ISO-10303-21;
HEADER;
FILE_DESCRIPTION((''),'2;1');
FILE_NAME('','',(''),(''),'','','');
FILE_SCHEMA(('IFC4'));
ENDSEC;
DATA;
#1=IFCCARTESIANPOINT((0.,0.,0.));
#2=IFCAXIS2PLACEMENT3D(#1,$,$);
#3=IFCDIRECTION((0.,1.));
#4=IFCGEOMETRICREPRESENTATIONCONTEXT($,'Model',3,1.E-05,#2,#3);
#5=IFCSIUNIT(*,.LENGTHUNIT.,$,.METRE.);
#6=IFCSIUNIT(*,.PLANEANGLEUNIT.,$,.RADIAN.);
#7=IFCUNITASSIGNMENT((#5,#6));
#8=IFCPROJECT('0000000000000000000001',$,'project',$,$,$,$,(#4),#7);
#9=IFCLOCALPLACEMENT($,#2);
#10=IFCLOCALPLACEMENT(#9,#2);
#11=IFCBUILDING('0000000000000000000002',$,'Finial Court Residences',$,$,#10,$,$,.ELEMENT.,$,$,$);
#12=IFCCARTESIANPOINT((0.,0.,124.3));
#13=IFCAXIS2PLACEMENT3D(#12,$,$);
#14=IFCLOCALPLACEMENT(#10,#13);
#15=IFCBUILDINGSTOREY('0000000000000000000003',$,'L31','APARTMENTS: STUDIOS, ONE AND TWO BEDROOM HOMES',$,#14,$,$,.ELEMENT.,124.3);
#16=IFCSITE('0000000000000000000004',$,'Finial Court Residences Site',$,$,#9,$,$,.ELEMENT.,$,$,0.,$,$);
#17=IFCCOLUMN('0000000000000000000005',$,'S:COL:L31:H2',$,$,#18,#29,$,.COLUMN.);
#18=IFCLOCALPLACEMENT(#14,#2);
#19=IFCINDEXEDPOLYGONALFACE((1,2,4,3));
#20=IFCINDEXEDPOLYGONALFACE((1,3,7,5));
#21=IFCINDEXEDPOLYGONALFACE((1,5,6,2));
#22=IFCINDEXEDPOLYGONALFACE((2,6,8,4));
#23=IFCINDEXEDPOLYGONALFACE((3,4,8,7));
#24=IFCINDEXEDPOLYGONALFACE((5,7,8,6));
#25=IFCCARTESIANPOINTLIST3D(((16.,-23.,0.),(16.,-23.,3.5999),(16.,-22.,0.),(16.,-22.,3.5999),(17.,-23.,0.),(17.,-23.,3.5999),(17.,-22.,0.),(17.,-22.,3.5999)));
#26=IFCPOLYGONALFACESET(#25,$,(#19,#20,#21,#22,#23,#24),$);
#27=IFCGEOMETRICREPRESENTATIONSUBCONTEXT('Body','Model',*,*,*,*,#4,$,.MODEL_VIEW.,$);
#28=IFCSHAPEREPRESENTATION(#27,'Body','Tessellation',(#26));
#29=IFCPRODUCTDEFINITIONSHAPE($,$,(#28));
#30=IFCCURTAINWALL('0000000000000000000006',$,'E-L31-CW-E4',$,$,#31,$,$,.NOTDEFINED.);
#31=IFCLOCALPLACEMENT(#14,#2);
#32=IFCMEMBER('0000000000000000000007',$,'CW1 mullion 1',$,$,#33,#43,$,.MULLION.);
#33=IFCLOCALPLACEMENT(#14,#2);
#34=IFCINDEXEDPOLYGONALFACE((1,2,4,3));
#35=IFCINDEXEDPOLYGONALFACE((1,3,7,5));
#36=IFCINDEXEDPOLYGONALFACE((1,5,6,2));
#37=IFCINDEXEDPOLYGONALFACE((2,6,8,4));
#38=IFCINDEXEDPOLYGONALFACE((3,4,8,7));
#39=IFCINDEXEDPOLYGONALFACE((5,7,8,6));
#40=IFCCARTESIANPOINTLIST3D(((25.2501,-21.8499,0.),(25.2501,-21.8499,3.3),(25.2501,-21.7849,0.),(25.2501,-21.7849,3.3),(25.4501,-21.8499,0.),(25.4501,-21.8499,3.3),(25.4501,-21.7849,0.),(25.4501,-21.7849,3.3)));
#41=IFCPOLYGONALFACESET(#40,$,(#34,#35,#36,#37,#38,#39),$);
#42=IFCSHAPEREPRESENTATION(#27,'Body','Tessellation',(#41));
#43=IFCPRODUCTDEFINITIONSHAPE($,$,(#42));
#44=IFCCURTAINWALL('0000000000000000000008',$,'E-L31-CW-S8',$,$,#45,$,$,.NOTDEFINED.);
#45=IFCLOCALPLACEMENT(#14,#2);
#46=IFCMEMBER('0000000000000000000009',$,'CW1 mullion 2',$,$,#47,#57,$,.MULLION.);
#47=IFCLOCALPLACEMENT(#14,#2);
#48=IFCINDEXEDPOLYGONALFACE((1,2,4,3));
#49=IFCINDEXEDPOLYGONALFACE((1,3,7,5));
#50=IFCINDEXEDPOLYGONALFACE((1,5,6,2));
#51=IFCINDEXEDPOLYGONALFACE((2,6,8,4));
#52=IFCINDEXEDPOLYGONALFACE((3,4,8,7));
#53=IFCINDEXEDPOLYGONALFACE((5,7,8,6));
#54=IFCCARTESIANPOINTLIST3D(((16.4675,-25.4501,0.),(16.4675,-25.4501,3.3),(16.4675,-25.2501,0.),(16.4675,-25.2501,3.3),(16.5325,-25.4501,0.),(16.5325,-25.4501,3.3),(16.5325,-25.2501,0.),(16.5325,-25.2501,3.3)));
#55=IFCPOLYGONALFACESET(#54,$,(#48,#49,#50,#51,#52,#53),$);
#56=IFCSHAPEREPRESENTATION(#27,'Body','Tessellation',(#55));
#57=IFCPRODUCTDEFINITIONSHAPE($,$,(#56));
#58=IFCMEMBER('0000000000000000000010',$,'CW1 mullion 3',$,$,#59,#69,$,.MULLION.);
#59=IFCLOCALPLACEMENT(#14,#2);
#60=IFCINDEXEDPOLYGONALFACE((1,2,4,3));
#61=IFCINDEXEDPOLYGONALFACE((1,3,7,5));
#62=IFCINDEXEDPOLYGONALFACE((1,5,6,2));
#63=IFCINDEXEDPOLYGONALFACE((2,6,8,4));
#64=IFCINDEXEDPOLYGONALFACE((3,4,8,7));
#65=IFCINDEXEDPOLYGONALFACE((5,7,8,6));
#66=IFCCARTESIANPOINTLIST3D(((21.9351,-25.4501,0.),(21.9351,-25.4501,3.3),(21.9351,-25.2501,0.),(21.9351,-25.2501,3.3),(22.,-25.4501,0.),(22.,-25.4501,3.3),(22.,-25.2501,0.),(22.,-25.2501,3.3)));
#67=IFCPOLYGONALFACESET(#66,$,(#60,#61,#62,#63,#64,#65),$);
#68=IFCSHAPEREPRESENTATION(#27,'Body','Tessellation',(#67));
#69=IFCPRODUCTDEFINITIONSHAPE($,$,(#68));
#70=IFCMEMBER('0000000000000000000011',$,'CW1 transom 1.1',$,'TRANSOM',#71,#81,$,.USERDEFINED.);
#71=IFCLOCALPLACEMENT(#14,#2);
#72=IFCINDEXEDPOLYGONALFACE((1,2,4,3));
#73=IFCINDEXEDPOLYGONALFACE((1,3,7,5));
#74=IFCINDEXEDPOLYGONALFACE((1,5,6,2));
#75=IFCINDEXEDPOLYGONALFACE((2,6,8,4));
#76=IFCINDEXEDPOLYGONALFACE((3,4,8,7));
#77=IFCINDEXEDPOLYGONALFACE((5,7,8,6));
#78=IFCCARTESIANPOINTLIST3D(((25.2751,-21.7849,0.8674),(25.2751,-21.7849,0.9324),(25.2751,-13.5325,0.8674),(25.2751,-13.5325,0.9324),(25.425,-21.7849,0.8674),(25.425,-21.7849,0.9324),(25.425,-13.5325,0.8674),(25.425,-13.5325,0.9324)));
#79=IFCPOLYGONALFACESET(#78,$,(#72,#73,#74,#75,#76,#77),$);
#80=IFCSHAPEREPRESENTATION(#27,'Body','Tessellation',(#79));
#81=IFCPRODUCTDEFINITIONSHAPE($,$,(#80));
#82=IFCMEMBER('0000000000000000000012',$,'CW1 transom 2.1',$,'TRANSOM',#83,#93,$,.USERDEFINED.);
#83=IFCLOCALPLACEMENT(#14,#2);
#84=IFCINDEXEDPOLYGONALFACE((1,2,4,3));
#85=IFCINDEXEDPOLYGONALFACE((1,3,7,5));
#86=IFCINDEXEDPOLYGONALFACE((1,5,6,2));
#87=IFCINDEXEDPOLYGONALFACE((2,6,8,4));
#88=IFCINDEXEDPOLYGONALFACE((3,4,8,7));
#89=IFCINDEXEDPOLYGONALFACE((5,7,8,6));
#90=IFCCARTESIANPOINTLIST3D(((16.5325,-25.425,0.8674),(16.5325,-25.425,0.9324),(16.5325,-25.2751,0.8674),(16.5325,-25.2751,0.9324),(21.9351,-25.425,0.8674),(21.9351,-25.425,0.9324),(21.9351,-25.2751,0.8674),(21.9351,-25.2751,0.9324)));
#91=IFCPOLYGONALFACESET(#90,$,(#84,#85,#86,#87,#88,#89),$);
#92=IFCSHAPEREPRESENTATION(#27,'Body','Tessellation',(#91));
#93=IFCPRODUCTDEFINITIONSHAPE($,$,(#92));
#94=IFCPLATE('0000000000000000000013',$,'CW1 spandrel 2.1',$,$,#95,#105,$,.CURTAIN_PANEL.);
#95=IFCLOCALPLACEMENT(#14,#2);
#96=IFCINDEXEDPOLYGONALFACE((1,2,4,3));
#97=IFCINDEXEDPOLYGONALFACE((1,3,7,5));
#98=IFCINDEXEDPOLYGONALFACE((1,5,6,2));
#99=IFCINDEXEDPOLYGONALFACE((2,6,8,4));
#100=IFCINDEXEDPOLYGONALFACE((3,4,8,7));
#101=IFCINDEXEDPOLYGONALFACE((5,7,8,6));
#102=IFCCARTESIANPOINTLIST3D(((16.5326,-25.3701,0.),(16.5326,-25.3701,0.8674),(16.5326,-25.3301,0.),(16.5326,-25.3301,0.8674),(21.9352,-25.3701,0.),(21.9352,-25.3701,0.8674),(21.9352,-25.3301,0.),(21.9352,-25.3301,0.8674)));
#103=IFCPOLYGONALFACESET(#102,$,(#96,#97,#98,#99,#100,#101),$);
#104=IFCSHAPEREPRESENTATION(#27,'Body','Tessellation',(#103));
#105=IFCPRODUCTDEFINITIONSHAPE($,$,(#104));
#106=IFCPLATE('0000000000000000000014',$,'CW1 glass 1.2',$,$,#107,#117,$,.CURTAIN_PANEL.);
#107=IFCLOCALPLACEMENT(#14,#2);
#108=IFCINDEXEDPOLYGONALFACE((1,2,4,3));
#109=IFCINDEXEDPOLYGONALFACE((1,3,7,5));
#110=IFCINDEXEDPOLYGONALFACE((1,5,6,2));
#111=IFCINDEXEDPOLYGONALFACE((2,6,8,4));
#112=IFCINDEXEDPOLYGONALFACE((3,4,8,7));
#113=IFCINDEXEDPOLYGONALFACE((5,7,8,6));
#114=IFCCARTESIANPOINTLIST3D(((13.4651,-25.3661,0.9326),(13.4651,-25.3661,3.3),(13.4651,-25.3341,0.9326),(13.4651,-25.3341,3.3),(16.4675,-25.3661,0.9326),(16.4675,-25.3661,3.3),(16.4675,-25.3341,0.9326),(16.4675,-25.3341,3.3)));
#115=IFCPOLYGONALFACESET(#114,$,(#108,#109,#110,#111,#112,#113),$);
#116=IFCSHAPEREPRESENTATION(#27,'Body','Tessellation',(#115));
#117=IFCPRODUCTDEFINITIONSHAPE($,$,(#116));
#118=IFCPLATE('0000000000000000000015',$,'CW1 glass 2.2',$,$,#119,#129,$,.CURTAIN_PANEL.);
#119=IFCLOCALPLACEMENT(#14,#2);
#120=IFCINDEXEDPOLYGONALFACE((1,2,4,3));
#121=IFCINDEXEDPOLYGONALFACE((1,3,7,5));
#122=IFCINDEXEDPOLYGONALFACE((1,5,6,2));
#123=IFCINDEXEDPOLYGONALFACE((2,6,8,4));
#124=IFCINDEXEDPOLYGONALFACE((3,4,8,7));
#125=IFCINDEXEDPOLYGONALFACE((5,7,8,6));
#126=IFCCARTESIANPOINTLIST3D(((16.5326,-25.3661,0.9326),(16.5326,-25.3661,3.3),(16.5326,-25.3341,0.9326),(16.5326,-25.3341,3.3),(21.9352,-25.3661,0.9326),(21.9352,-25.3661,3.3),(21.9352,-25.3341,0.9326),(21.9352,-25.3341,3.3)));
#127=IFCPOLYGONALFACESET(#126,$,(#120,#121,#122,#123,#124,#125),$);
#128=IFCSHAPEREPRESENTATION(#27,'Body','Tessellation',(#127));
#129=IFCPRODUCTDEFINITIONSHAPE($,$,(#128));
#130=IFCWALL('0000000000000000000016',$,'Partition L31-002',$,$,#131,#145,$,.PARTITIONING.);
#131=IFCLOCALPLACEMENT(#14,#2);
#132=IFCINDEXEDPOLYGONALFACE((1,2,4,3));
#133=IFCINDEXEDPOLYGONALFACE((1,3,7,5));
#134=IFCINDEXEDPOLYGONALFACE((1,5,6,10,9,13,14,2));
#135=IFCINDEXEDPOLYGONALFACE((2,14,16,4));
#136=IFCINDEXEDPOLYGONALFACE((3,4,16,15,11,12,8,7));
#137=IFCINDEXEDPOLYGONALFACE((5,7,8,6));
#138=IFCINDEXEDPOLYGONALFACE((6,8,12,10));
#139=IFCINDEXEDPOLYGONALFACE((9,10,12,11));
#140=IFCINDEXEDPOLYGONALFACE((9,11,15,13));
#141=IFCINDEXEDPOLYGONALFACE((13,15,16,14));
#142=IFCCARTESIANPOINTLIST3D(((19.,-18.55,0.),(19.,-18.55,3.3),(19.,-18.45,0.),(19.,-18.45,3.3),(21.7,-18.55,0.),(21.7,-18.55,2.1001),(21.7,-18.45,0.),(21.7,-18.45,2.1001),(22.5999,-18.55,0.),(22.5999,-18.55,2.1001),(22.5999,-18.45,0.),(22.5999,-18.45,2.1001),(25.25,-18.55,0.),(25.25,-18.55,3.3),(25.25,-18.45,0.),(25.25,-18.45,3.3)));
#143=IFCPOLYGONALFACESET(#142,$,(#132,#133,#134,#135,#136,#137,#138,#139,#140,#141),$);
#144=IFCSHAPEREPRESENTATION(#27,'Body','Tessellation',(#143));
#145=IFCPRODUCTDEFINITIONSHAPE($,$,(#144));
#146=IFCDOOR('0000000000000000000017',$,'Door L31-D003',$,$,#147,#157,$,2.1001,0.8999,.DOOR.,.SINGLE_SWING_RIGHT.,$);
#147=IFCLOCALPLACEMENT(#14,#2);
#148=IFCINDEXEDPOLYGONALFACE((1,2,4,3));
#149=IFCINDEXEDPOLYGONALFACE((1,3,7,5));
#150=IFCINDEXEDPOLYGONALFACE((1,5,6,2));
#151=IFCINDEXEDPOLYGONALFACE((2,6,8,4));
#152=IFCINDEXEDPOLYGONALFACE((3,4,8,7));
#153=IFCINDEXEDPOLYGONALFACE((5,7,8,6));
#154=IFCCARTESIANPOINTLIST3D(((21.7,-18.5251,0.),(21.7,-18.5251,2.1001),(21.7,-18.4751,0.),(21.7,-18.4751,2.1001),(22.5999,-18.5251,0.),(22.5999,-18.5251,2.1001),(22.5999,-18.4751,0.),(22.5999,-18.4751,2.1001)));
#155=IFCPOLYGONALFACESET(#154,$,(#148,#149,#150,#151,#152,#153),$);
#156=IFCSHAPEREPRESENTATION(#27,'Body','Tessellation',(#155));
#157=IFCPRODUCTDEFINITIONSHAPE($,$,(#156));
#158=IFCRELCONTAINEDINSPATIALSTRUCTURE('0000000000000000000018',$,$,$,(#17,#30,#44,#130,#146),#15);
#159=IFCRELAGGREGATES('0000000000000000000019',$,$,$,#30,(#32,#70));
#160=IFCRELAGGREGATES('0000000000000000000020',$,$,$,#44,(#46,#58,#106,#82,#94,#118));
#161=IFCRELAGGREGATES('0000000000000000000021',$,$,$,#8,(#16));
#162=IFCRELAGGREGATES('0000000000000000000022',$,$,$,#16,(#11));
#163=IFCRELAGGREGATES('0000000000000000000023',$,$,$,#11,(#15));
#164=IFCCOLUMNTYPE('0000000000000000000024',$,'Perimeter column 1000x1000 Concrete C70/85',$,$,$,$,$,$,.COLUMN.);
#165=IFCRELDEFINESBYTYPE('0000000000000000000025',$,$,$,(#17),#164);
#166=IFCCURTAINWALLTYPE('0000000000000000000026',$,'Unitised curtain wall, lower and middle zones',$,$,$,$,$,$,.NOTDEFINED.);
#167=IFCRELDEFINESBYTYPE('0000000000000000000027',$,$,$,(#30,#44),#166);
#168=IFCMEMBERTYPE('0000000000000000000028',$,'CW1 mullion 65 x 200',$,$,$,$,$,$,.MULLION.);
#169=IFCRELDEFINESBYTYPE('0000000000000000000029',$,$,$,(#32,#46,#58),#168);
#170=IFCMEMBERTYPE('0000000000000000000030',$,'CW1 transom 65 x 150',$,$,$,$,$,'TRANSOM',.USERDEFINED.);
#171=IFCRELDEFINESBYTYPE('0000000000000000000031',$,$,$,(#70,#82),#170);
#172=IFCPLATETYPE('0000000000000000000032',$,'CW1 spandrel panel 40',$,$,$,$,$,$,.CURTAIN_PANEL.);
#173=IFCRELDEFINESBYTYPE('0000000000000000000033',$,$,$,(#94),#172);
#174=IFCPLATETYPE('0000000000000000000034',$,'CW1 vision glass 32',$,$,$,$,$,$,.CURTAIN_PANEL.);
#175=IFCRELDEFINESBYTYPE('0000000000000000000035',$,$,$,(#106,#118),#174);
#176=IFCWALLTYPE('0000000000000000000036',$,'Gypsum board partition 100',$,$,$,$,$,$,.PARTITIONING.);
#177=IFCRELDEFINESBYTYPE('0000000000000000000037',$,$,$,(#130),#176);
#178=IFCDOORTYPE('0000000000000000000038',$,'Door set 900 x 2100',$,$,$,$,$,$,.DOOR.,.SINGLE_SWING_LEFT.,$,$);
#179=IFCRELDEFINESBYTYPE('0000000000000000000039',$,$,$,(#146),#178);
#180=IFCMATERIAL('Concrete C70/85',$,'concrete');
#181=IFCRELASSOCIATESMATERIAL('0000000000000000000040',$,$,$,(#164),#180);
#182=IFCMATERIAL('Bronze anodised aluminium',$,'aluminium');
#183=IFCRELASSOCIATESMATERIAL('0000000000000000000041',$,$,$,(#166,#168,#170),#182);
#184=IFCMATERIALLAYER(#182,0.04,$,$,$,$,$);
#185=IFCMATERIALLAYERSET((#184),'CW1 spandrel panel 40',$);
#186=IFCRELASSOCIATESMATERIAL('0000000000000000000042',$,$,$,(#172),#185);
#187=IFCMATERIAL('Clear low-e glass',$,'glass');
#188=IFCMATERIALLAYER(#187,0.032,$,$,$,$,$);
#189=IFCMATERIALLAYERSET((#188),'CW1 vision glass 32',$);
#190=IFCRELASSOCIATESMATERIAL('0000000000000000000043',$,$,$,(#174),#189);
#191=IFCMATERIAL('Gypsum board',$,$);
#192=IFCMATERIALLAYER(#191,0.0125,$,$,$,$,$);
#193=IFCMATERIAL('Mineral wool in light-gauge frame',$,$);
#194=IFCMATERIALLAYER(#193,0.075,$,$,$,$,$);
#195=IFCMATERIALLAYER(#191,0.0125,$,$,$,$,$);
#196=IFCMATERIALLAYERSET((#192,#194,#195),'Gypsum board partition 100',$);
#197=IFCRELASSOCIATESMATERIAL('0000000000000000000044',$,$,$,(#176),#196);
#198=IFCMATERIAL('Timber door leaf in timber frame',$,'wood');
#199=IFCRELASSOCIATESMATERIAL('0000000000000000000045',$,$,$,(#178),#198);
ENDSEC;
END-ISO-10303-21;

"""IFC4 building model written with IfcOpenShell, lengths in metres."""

from ifc_helpers import new_model, si_unit, direction, frame, frame_2d, origin, origin_2d, place, context, subcontext, project, spatial, rectangle, extrude, material, layer, layer_set, material_profile, profile_set, type_object, element, fill, aggregate, save


model = new_model("IFC4")

# Units and contexts
model_context = context("Model", 3, precision=1e-05, world=origin(), true_north=direction((0.0, 1.0)))
body_context = subcontext(model_context, "Body", "Model", "MODEL_VIEW")
ifc_project = project(units=[si_unit("LENGTHUNIT", "METRE"), si_unit("PLANEANGLEUNIT", "RADIAN")], contexts=[model_context])

# Site, building, storey
site_placement = place(None, origin())
site = spatial("IfcSite", under=ifc_project, at=site_placement, Name="Finial Court Residences Site", CompositionType="ELEMENT", RefElevation=0.0)
building_placement = place(site_placement, origin())
building = spatial("IfcBuilding", under=site, at=building_placement, Name="Finial Court Residences", CompositionType="ELEMENT")
storey_placement = place(building_placement, frame((0.0, 0.0, 124.3)))
storey = spatial("IfcBuildingStorey", under=building, at=storey_placement, Name="L31", Description="APARTMENTS: STUDIOS, ONE AND TWO BEDROOM HOMES", CompositionType="ELEMENT", Elevation=124.3)

# Column
ifc_material_1 = material(Name="Concrete C70/85", Category="concrete")
ifc_material_profile_1 = material_profile(ifc_material_1, rectangle(XDim=1.0, YDim=1.0, at=origin_2d()), Name="1000x1000")
ifc_profile_set_1 = profile_set([ifc_material_profile_1], Name="Concrete C70/85")
column_type = type_object("IfcColumnType", Name="Perimeter column 1000x1000 Concrete C70/85", PredefinedType="COLUMN", material=ifc_profile_set_1)
column_placement = place(storey_placement, frame((16.5, -22.5, 0.0), z_axis=(0.0, 0.0, 1.0), x_axis=(1.0, 0.0, 0.0)))
element("IfcColumn", 1, at=column_placement, inside=storey, type_object=column_type, Name="S:COL:L31:H2", PredefinedType="COLUMN", context=body_context, shape_type="SweptSolid", body=[
    extrude(rectangle(XDim=1.0, YDim=1.0, at=origin_2d()), origin(), (0.0, 0.0, 1.0), 3.5999),
])

# Curtain wall, member
ifc_material_2 = material(Name="Bronze anodised aluminium", Category="aluminium")
curtain_wall_type = type_object("IfcCurtainWallType", Name="Unitised curtain wall, lower and middle zones", PredefinedType="NOTDEFINED", material=ifc_material_2)
curtain_wall_1_placement = place(storey_placement, origin())
curtain_wall_1 = element("IfcCurtainWall", 2, at=curtain_wall_1_placement, inside=storey, type_object=curtain_wall_type, Name="E-L31-CW-E4", PredefinedType="NOTDEFINED")
ifc_material_profile_2 = material_profile(ifc_material_2, rectangle(XDim=0.2, YDim=0.0649, at=origin_2d()), Name="CW1 mullion 65 x 200")
ifc_profile_set_2 = profile_set([ifc_material_profile_2], Name="Bronze anodised aluminium")
member_type_1 = type_object("IfcMemberType", Name="CW1 mullion 65 x 200", PredefinedType="MULLION", material=ifc_profile_set_2)
member_1_placement = place(storey_placement, frame((25.3501, -21.8174, 0.0), z_axis=(0.0, 0.0, 1.0), x_axis=(-1.0, 0.0, 0.0)))
member_1 = element("IfcMember", 3, at=member_1_placement, type_object=member_type_1, Name="CW1 mullion 1", PredefinedType="MULLION", context=body_context, shape_type="SweptSolid", body=[
    extrude(rectangle(XDim=0.2, YDim=0.0649, at=origin_2d()), origin(), (0.0, 0.0, 1.0), 3.3),
])

# Curtain wall, members
curtain_wall_2_placement = place(storey_placement, origin())
curtain_wall_2 = element("IfcCurtainWall", 4, at=curtain_wall_2_placement, inside=storey, type_object=curtain_wall_type, Name="E-L31-CW-S8", PredefinedType="NOTDEFINED")
member_2_placement = place(storey_placement, frame((16.5, -25.3501, 0.0), z_axis=(0.0, 0.0, 1.0), x_axis=(0.0, 1.0, 0.0)))
member_2 = element("IfcMember", 5, at=member_2_placement, type_object=member_type_1, Name="CW1 mullion 2", PredefinedType="MULLION", context=body_context, shape_type="SweptSolid", body=[
    extrude(rectangle(XDim=0.2, YDim=0.0649, at=origin_2d()), origin(), (0.0, 0.0, 1.0), 3.3),
])
member_3_placement = place(storey_placement, frame((21.9675, -25.3501, 0.0), z_axis=(0.0, 0.0, 1.0), x_axis=(0.0, 1.0, 0.0)))
member_3 = element("IfcMember", 6, at=member_3_placement, type_object=member_type_1, Name="CW1 mullion 3", PredefinedType="MULLION", context=body_context, shape_type="SweptSolid", body=[
    extrude(rectangle(XDim=0.2, YDim=0.0649, at=origin_2d()), origin(), (0.0, 0.0, 1.0), 3.3),
])

# Members
ifc_material_profile_3 = material_profile(ifc_material_2, rectangle(XDim=0.1499, YDim=0.0649, at=origin_2d()), Name="CW1 transom 65 x 150")
ifc_profile_set_3 = profile_set([ifc_material_profile_3], Name="Bronze anodised aluminium")
member_type_2 = type_object("IfcMemberType", Name="CW1 transom 65 x 150", ElementType="TRANSOM", PredefinedType="USERDEFINED", material=ifc_profile_set_3)
member_4_placement = place(storey_placement, frame((25.3501, -21.7849, 0.8999), z_axis=(0.0, 1.0, 0.0), x_axis=(-1.0, 0.0, 0.0)))
member_4 = element("IfcMember", 7, at=member_4_placement, type_object=member_type_2, Name="CW1 transom 1.1", ObjectType="TRANSOM", PredefinedType="USERDEFINED", context=body_context, shape_type="SweptSolid", body=[
    extrude(rectangle(XDim=0.1499, YDim=0.0649, at=origin_2d()), origin(), (0.0, 0.0, 1.0), 8.2524),
])
aggregate(curtain_wall_1, [member_1, member_4])
member_5_placement = place(storey_placement, frame((16.5325, -25.3501, 0.8999), z_axis=(1.0, 0.0, 0.0), x_axis=(0.0, 1.0, 0.0)))
member_5 = element("IfcMember", 8, at=member_5_placement, type_object=member_type_2, Name="CW1 transom 2.1", ObjectType="TRANSOM", PredefinedType="USERDEFINED", context=body_context, shape_type="SweptSolid", body=[
    extrude(rectangle(XDim=0.1499, YDim=0.0649, at=origin_2d()), origin(), (0.0, 0.0, 1.0), 5.4026),
])

# Plates
ifc_layer_1 = layer(ifc_material_2, 0.04)
ifc_layer_set_1 = layer_set([ifc_layer_1], Name="CW1 spandrel panel 40")
plate_type_1 = type_object("IfcPlateType", Name="CW1 spandrel panel 40", PredefinedType="CURTAIN_PANEL", material=ifc_layer_set_1)
plate_1_placement = place(storey_placement, frame((19.2339, -25.3501, 0.0), z_axis=(0.0, 0.0, 1.0), x_axis=(1.0, 0.0, 0.0)))
plate_1 = element("IfcPlate", 9, at=plate_1_placement, type_object=plate_type_1, Name="CW1 spandrel 2.1", PredefinedType="CURTAIN_PANEL", context=body_context, shape_type="SweptSolid", body=[
    extrude(rectangle(XDim=5.4026, YDim=0.04, at=origin_2d()), origin(), (0.0, 0.0, 1.0), 0.8674),
])
ifc_material_3 = material(Name="Clear low-e glass", Category="glass")
ifc_layer_2 = layer(ifc_material_3, 0.032)
ifc_layer_set_2 = layer_set([ifc_layer_2], Name="CW1 vision glass 32")
plate_type_2 = type_object("IfcPlateType", Name="CW1 vision glass 32", PredefinedType="CURTAIN_PANEL", material=ifc_layer_set_2)
plate_2_placement = place(storey_placement, frame((14.9663, -25.3501, 0.9326), z_axis=(0.0, 0.0, 1.0), x_axis=(1.0, 0.0, 0.0)))
plate_2 = element("IfcPlate", 10, at=plate_2_placement, type_object=plate_type_2, Name="CW1 glass 1.2", PredefinedType="CURTAIN_PANEL", context=body_context, shape_type="SweptSolid", body=[
    extrude(rectangle(XDim=3.0024, YDim=0.032, at=origin_2d()), origin(), (0.0, 0.0, 1.0), 2.3674),
])
plate_3_placement = place(storey_placement, frame((19.2339, -25.3501, 0.9326), z_axis=(0.0, 0.0, 1.0), x_axis=(1.0, 0.0, 0.0)))
plate_3 = element("IfcPlate", 11, at=plate_3_placement, type_object=plate_type_2, Name="CW1 glass 2.2", PredefinedType="CURTAIN_PANEL", context=body_context, shape_type="SweptSolid", body=[
    extrude(rectangle(XDim=5.4026, YDim=0.032, at=origin_2d()), origin(), (0.0, 0.0, 1.0), 2.3674),
])
aggregate(curtain_wall_2, [member_2, member_3, plate_2, member_5, plate_1, plate_3])

# Wall, opening, door
ifc_material_4 = material(Name="Gypsum board")
ifc_layer_3 = layer(ifc_material_4, 0.0125)
ifc_material_5 = material(Name="Mineral wool in light-gauge frame")
ifc_layer_4 = layer(ifc_material_5, 0.075)
ifc_layer_5 = layer(ifc_material_4, 0.0125)
ifc_layer_set_3 = layer_set([ifc_layer_3, ifc_layer_4, ifc_layer_5], Name="Gypsum board partition 100")
wall_type_1 = type_object("IfcWallType", Name="Gypsum board partition 100", PredefinedType="PARTITIONING", material=ifc_layer_set_3)
wall_1_placement = place(storey_placement, frame((19.0, -18.5, 0.0), z_axis=(0.0, 0.0, 1.0), x_axis=(1.0, 0.0, 0.0)))
wall_1 = element("IfcWall", 12, at=wall_1_placement, inside=storey, type_object=wall_type_1, Name="Partition L31-002", PredefinedType="PARTITIONING", context=body_context, shape_type="SweptSolid", body=[
    extrude(rectangle(XDim=6.25, YDim=0.1001, at=frame_2d((3.125, 0.0))), origin(), (0.0, 0.0, 1.0), 3.3),
])
opening_1_placement = place(wall_1_placement, frame((2.7, 0.0, 0.0)))
opening_1 = element("IfcOpeningElement", 13, at=opening_1_placement, cuts=wall_1, PredefinedType="OPENING", context=body_context, shape_type="SweptSolid", body=[
    extrude(rectangle(XDim=0.8999, YDim=2.1001, at=frame_2d((0.45, 1.05))), frame((0.0, 0.0601, 0.0), z_axis=(0.0, -1.0, 0.0), x_axis=(1.0, 0.0, 0.0)), (0.0, 0.0, 1.0), 0.1201),
])
ifc_material_6 = material(Name="Timber door leaf in timber frame", Category="wood")
door_type = type_object("IfcDoorType", Name="Door set 900 x 2100", OperationType="SINGLE_SWING_LEFT", PredefinedType="DOOR", material=ifc_material_6)
door_1_placement = place(opening_1_placement, origin())
door_1 = element("IfcDoor", 14, at=door_1_placement, inside=storey, type_object=door_type, Name="Door L31-D003", OperationType="SINGLE_SWING_RIGHT", OverallHeight=2.1001, OverallWidth=0.8999, PredefinedType="DOOR", context=body_context, shape_type="SweptSolid", body=[
    extrude(rectangle(XDim=0.8999, YDim=2.1001, at=frame_2d((0.45, 1.05))), frame((0.0, 0.0249, 0.0), z_axis=(0.0, -1.0, 0.0), x_axis=(1.0, 0.0, 0.0)), (0.0, 0.0, 1.0), 0.05),
])
fill(opening_1, door_1)

save(model, "model.ifc")
